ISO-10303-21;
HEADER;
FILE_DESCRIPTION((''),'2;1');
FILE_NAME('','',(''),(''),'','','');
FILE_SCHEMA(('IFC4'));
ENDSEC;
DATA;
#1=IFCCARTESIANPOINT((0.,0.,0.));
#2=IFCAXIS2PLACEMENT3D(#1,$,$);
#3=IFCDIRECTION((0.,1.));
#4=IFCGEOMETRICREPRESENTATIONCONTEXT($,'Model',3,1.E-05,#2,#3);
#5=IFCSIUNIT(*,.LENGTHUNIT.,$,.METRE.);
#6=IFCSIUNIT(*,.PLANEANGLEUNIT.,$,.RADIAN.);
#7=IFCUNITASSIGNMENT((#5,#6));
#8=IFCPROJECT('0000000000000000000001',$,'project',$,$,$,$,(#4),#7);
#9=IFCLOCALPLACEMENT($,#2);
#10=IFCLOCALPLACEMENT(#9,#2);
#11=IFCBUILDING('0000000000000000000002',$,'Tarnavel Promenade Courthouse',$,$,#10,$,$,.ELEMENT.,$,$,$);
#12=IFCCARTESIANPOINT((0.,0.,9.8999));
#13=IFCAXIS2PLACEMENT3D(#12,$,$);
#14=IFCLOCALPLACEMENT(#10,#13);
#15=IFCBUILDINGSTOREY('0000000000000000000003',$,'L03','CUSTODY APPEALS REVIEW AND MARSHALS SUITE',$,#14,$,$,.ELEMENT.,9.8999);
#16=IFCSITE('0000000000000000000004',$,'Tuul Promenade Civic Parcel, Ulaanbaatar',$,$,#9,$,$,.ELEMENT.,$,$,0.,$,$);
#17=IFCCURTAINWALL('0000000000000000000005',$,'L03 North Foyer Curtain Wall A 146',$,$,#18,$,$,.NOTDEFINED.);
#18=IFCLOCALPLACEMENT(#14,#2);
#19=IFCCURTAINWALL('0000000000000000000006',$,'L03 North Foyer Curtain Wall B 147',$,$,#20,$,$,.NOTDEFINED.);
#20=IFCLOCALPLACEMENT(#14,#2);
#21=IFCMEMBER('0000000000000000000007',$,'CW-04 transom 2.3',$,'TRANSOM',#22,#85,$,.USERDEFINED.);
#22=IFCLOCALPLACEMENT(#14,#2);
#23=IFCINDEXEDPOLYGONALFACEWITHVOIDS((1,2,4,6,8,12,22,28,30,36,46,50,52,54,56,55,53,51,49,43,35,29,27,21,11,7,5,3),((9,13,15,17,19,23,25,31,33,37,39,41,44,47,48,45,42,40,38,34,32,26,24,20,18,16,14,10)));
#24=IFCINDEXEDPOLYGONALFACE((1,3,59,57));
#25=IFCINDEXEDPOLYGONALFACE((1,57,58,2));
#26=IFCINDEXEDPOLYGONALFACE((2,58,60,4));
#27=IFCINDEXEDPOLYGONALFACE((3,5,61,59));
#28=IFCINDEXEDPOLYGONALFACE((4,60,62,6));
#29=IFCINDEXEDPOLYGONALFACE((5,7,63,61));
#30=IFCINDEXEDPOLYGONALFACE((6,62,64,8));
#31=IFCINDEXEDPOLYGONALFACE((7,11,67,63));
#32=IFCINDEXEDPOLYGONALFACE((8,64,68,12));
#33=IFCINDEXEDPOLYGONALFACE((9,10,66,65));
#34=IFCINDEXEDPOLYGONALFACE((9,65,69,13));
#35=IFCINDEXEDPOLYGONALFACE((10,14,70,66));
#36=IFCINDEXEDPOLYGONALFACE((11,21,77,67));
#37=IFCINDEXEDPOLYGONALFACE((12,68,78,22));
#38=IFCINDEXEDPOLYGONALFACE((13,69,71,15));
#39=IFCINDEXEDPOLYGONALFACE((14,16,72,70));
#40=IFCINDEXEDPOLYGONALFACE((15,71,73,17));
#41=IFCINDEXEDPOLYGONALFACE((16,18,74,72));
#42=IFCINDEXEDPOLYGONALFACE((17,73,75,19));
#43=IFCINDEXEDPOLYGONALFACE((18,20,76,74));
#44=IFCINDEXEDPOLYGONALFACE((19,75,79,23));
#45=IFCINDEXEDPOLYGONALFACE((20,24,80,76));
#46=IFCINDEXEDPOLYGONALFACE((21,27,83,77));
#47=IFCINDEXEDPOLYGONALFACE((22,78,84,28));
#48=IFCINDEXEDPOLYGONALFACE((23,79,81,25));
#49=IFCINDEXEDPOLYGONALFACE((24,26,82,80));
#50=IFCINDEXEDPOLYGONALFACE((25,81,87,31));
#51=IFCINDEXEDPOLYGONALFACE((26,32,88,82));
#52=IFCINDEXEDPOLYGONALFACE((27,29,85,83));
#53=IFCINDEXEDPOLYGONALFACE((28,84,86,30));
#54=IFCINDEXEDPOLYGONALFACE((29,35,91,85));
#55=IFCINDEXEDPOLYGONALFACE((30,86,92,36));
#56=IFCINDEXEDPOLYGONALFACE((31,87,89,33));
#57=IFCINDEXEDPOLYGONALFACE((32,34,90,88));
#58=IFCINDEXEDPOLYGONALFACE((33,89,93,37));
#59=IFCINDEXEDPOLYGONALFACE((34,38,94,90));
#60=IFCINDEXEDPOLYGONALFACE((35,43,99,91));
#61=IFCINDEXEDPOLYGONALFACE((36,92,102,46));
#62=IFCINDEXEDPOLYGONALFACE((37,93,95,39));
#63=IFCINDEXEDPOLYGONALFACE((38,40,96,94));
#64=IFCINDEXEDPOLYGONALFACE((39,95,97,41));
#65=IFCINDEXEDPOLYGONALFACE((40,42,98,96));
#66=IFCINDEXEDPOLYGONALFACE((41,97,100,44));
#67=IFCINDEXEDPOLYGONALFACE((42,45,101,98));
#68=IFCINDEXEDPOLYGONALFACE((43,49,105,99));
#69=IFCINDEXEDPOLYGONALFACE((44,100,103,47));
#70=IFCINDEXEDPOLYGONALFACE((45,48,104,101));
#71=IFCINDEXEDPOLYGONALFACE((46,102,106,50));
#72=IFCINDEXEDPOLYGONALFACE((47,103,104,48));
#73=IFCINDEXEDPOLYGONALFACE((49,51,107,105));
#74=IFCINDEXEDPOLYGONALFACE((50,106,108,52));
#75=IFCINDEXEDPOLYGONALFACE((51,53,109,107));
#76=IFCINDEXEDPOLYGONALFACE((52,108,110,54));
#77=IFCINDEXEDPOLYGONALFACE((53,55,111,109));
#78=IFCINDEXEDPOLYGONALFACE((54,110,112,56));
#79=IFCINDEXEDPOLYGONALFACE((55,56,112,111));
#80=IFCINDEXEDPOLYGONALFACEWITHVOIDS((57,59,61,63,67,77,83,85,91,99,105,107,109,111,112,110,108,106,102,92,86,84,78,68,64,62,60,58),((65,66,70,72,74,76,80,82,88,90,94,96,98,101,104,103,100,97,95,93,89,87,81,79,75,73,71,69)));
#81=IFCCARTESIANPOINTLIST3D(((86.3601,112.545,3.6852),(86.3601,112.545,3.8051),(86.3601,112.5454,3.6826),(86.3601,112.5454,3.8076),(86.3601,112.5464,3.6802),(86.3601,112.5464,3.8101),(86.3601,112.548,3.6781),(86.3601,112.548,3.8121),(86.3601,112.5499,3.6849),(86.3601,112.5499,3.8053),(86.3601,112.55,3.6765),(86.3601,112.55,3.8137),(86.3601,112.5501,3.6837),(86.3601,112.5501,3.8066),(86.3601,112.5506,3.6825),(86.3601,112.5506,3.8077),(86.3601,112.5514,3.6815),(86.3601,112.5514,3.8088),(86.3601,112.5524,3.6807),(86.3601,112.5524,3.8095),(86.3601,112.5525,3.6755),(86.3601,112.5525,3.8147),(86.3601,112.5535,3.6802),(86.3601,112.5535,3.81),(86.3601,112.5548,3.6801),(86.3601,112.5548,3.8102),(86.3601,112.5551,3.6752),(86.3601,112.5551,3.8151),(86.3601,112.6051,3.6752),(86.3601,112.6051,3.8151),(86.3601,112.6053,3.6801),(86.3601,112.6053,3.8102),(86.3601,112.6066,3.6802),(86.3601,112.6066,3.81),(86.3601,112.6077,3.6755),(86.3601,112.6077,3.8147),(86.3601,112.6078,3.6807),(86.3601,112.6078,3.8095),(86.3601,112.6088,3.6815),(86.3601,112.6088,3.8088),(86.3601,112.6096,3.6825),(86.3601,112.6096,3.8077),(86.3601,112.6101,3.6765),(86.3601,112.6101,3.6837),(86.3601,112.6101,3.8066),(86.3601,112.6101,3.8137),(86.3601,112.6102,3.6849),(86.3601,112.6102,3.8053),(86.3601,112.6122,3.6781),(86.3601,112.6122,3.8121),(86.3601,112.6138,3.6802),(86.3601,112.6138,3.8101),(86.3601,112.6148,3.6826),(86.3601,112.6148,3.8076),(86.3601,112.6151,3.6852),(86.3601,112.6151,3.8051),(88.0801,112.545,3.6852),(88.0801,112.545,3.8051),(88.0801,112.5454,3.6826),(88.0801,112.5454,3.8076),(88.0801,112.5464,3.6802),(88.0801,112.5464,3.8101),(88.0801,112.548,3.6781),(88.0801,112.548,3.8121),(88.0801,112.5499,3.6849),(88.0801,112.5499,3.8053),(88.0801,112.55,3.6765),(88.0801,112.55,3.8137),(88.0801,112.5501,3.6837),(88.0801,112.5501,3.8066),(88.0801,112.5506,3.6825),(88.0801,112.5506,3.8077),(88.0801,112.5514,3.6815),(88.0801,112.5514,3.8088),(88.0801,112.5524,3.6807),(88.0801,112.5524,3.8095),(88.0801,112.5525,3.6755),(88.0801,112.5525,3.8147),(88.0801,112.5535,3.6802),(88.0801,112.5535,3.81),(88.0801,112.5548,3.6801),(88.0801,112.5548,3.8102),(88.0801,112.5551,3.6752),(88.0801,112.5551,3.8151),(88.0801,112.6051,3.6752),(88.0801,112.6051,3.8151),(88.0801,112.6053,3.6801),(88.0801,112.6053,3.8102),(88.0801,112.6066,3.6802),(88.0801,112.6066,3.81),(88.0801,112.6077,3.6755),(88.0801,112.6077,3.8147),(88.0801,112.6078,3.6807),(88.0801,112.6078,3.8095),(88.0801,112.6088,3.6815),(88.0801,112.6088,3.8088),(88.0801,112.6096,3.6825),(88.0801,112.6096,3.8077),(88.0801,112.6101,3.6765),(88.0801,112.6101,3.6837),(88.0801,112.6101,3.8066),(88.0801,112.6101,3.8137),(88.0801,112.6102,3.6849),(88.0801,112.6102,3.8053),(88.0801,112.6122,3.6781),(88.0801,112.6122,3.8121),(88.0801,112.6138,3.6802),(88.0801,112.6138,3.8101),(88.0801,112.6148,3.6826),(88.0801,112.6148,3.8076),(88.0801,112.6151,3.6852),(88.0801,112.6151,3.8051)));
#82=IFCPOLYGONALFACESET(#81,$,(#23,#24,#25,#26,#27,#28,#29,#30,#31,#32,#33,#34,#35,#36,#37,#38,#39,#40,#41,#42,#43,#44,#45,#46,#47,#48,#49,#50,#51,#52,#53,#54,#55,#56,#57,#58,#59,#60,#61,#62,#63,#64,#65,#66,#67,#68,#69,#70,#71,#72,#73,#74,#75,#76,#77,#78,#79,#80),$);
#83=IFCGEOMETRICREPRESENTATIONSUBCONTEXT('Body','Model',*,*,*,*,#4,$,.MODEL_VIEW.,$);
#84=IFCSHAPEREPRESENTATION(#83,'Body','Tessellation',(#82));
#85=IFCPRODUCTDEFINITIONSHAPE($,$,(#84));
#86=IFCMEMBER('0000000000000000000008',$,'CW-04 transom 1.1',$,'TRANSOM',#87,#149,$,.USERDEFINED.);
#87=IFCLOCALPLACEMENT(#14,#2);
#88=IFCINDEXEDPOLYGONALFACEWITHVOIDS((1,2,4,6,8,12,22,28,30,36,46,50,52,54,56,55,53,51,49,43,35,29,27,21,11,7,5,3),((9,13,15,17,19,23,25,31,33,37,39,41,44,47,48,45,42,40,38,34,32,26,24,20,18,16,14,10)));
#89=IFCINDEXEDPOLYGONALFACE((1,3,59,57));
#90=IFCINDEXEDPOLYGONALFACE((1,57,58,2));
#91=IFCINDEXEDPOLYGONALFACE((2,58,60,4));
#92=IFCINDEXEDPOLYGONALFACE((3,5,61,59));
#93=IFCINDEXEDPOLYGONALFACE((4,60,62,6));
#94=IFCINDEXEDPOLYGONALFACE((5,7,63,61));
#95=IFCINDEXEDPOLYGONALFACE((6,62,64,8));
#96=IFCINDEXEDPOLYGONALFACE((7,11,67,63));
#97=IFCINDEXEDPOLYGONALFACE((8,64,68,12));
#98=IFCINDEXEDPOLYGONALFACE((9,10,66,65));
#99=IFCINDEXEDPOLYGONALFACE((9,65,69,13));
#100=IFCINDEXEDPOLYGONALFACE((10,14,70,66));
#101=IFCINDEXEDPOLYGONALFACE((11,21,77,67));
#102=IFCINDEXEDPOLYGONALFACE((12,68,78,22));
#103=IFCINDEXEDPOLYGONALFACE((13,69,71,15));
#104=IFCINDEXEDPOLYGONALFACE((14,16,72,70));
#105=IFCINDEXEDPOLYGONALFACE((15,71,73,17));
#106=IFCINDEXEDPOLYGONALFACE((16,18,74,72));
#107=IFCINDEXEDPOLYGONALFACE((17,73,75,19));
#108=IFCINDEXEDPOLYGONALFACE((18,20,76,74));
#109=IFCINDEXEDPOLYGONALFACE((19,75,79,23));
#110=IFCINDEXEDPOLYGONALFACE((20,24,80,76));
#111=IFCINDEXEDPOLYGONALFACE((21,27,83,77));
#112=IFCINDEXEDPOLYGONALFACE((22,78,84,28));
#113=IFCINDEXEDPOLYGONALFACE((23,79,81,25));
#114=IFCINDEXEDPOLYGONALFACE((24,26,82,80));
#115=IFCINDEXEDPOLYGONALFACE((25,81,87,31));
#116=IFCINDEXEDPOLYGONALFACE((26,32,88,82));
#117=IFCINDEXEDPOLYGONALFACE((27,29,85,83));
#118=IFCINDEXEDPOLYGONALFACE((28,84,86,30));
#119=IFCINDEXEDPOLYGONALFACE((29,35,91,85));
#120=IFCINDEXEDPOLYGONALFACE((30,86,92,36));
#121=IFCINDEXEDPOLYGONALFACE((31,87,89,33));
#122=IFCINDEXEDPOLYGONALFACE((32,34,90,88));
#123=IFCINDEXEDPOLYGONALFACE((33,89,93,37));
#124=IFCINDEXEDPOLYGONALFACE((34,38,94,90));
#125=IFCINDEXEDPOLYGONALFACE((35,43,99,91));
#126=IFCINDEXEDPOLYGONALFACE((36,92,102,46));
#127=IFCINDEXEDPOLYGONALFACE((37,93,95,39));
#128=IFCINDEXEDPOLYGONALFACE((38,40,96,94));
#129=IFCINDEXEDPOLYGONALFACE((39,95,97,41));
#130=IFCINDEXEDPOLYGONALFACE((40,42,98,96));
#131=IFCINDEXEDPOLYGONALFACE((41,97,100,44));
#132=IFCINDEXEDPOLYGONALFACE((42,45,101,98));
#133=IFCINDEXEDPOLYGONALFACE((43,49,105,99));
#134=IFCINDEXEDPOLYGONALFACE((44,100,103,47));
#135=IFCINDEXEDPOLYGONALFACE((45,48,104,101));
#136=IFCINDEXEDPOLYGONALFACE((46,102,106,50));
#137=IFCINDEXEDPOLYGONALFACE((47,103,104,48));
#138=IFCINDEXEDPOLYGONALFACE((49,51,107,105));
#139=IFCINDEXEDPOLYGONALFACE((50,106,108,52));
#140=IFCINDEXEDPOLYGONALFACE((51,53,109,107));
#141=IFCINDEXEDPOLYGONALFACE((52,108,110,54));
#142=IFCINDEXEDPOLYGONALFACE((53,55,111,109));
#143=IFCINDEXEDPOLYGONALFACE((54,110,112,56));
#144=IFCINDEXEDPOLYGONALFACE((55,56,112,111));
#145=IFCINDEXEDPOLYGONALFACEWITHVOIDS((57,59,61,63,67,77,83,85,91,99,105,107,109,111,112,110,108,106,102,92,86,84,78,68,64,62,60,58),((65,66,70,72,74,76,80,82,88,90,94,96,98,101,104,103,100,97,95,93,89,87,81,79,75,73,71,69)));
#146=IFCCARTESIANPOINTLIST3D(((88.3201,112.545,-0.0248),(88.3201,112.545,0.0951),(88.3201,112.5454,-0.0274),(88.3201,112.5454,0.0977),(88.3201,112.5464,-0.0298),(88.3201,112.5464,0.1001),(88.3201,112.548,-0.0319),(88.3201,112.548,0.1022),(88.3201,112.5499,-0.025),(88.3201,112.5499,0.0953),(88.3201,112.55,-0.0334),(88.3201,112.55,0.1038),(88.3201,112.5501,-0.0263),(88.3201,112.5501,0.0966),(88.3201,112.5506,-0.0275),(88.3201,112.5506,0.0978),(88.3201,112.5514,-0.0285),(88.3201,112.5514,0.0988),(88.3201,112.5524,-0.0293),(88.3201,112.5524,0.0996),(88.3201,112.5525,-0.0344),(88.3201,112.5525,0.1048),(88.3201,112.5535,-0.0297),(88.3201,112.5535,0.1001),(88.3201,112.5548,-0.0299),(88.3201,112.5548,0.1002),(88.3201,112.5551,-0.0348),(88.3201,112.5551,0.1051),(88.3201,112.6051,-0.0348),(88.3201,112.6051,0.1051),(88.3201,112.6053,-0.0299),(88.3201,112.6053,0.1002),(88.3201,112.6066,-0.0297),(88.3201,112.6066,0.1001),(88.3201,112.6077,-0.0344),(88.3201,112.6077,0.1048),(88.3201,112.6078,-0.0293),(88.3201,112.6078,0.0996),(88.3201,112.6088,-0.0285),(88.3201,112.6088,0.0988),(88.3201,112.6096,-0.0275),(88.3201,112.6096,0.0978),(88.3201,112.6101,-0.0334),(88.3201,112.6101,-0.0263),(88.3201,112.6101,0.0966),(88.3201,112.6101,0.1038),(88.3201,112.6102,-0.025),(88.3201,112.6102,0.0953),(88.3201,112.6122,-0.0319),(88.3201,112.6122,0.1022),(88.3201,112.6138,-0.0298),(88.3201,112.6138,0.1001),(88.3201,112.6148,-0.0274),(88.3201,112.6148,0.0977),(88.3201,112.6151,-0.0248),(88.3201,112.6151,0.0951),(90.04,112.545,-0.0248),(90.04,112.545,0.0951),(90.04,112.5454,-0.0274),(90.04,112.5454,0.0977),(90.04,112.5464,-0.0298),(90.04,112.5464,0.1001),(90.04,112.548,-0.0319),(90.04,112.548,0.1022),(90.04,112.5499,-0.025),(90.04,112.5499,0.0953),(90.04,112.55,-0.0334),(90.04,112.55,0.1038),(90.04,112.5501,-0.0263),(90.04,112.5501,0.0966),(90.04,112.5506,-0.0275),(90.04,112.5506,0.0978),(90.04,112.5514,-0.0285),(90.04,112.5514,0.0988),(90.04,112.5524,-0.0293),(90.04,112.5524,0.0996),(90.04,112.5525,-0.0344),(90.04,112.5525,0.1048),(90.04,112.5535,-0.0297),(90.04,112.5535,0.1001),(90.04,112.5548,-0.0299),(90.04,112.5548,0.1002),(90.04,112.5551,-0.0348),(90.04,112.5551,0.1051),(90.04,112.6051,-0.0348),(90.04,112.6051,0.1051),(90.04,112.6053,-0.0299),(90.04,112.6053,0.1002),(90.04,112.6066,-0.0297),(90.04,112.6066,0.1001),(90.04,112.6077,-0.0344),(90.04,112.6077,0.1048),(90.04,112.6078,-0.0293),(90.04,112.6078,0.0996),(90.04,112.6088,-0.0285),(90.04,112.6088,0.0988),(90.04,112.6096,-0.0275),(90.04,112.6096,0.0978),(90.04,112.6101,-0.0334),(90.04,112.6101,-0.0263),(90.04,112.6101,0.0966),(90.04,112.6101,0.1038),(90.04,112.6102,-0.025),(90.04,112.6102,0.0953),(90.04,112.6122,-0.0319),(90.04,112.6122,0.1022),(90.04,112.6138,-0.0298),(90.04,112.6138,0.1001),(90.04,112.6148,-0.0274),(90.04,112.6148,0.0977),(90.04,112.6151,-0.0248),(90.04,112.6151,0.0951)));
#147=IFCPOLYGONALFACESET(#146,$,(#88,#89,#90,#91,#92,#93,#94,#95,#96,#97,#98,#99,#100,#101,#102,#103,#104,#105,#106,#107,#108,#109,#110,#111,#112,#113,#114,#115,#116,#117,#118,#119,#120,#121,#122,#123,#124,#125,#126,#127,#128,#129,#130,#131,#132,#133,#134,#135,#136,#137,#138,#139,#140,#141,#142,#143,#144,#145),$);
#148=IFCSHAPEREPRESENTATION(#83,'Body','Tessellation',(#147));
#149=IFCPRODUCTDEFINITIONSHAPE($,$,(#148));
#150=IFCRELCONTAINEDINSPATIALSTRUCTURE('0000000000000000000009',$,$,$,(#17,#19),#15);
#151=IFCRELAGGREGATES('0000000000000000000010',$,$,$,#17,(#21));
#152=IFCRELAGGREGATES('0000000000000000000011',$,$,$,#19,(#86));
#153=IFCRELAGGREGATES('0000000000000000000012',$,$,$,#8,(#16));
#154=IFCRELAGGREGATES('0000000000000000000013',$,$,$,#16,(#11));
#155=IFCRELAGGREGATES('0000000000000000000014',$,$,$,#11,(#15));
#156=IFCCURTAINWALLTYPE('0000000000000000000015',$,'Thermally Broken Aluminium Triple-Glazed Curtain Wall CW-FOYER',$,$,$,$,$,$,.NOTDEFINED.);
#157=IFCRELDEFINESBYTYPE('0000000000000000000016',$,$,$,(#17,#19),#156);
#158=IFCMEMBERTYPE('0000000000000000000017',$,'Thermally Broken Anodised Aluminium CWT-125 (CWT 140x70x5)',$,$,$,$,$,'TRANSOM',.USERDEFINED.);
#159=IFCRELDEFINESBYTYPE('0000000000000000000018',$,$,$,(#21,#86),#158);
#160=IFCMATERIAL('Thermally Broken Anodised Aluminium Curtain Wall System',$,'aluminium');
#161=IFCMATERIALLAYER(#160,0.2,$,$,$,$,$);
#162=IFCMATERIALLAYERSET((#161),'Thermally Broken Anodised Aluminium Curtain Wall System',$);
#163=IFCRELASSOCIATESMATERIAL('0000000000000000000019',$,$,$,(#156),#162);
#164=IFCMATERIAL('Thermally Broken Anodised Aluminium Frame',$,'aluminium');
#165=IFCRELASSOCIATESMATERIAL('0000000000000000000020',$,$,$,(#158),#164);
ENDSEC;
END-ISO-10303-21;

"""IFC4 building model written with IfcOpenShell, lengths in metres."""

from ifc_helpers import new_model, si_unit, direction, frame, origin, origin_2d, place, context, subcontext, project, spatial, hollow_rectangle, extrude, material, layer, layer_set, material_profile, profile_set, type_object, element, aggregate, save


model = new_model("IFC4")

# Units and contexts
model_context = context("Model", 3, precision=1e-05, world=origin(), true_north=direction((0.0, 1.0)))
body_context = subcontext(model_context, "Body", "Model", "MODEL_VIEW")
ifc_project = project(units=[si_unit("LENGTHUNIT", "METRE"), si_unit("PLANEANGLEUNIT", "RADIAN")], contexts=[model_context])

# Site, building, storey
site_placement = place(None, origin())
site = spatial("IfcSite", under=ifc_project, at=site_placement, Name="Tuul Promenade Civic Parcel, Ulaanbaatar", CompositionType="ELEMENT", RefElevation=0.0)
building_placement = place(site_placement, origin())
building = spatial("IfcBuilding", under=site, at=building_placement, Name="Tarnavel Promenade Courthouse", CompositionType="ELEMENT")
storey_placement = place(building_placement, frame((0.0, 0.0, 9.8999)))
storey = spatial("IfcBuildingStorey", under=building, at=storey_placement, Name="L03", Description="CUSTODY APPEALS REVIEW AND MARSHALS SUITE", CompositionType="ELEMENT", Elevation=9.8999)

# Curtain walls
ifc_material_1 = material(Name="Thermally Broken Anodised Aluminium Curtain Wall System", Category="aluminium")
ifc_layer_1 = layer(ifc_material_1, 0.2)
ifc_layer_set_1 = layer_set([ifc_layer_1], Name="Thermally Broken Anodised Aluminium Curtain Wall System")
curtain_wall_type = type_object("IfcCurtainWallType", Name="Thermally Broken Aluminium Triple-Glazed Curtain Wall CW-FOYER", PredefinedType="NOTDEFINED", material=ifc_layer_set_1)
curtain_wall_1_placement = place(storey_placement, origin())
curtain_wall_1 = element("IfcCurtainWall", 1, at=curtain_wall_1_placement, inside=storey, type_object=curtain_wall_type, Name="L03 North Foyer Curtain Wall A 146", PredefinedType="NOTDEFINED")
ifc_material_2 = material(Name="Thermally Broken Anodised Aluminium Frame", Category="aluminium")
curtain_wall_2_placement = place(storey_placement, origin())
curtain_wall_2 = element("IfcCurtainWall", 2, at=curtain_wall_2_placement, inside=storey, type_object=curtain_wall_type, Name="L03 North Foyer Curtain Wall B 147", PredefinedType="NOTDEFINED")

# Members
ifc_material_profile_1 = material_profile(ifc_material_2, hollow_rectangle(XDim=0.0701, YDim=0.1399, WallThickness=0.0049, InnerFilletRadius=0.0049, OuterFilletRadius=0.01, at=origin_2d()), Name="CWT 140x70x5")
ifc_profile_set_1 = profile_set([ifc_material_profile_1], Name="Thermally Broken Anodised Aluminium Frame")
member_type_1 = type_object("IfcMemberType", Name="Thermally Broken Anodised Aluminium CWT-125 (CWT 140x70x5)", ElementType="TRANSOM", PredefinedType="USERDEFINED", material=ifc_profile_set_1)
member_1_placement = place(storey_placement, frame((86.3601, 112.5801, 3.7451), z_axis=(1.0, 0.0, 0.0), x_axis=(0.0, 1.0, 0.0)))
member_1 = element("IfcMember", 3, at=member_1_placement, type_object=member_type_1, Name="CW-04 transom 2.3", ObjectType="TRANSOM", PredefinedType="USERDEFINED", context=body_context, shape_type="SweptSolid", body=[
    extrude(hollow_rectangle(XDim=0.0701, YDim=0.1399, WallThickness=0.0049, InnerFilletRadius=0.0049, OuterFilletRadius=0.01, at=origin_2d()), origin(), (0.0, 0.0, 1.0), 1.72),
])
member_2_placement = place(storey_placement, frame((88.3201, 112.5801, 0.0352), z_axis=(1.0, 0.0, 0.0), x_axis=(0.0, 1.0, 0.0)))
member_2 = element("IfcMember", 4, at=member_2_placement, type_object=member_type_1, Name="CW-04 transom 1.1", ObjectType="TRANSOM", PredefinedType="USERDEFINED", context=body_context, shape_type="SweptSolid", body=[
    extrude(hollow_rectangle(XDim=0.0701, YDim=0.1399, WallThickness=0.0049, InnerFilletRadius=0.0049, OuterFilletRadius=0.01, at=origin_2d()), origin(), (0.0, 0.0, 1.0), 1.72),
])

aggregate(curtain_wall_1, [member_1])
aggregate(curtain_wall_2, [member_2])

save(model, "model.ifc")
